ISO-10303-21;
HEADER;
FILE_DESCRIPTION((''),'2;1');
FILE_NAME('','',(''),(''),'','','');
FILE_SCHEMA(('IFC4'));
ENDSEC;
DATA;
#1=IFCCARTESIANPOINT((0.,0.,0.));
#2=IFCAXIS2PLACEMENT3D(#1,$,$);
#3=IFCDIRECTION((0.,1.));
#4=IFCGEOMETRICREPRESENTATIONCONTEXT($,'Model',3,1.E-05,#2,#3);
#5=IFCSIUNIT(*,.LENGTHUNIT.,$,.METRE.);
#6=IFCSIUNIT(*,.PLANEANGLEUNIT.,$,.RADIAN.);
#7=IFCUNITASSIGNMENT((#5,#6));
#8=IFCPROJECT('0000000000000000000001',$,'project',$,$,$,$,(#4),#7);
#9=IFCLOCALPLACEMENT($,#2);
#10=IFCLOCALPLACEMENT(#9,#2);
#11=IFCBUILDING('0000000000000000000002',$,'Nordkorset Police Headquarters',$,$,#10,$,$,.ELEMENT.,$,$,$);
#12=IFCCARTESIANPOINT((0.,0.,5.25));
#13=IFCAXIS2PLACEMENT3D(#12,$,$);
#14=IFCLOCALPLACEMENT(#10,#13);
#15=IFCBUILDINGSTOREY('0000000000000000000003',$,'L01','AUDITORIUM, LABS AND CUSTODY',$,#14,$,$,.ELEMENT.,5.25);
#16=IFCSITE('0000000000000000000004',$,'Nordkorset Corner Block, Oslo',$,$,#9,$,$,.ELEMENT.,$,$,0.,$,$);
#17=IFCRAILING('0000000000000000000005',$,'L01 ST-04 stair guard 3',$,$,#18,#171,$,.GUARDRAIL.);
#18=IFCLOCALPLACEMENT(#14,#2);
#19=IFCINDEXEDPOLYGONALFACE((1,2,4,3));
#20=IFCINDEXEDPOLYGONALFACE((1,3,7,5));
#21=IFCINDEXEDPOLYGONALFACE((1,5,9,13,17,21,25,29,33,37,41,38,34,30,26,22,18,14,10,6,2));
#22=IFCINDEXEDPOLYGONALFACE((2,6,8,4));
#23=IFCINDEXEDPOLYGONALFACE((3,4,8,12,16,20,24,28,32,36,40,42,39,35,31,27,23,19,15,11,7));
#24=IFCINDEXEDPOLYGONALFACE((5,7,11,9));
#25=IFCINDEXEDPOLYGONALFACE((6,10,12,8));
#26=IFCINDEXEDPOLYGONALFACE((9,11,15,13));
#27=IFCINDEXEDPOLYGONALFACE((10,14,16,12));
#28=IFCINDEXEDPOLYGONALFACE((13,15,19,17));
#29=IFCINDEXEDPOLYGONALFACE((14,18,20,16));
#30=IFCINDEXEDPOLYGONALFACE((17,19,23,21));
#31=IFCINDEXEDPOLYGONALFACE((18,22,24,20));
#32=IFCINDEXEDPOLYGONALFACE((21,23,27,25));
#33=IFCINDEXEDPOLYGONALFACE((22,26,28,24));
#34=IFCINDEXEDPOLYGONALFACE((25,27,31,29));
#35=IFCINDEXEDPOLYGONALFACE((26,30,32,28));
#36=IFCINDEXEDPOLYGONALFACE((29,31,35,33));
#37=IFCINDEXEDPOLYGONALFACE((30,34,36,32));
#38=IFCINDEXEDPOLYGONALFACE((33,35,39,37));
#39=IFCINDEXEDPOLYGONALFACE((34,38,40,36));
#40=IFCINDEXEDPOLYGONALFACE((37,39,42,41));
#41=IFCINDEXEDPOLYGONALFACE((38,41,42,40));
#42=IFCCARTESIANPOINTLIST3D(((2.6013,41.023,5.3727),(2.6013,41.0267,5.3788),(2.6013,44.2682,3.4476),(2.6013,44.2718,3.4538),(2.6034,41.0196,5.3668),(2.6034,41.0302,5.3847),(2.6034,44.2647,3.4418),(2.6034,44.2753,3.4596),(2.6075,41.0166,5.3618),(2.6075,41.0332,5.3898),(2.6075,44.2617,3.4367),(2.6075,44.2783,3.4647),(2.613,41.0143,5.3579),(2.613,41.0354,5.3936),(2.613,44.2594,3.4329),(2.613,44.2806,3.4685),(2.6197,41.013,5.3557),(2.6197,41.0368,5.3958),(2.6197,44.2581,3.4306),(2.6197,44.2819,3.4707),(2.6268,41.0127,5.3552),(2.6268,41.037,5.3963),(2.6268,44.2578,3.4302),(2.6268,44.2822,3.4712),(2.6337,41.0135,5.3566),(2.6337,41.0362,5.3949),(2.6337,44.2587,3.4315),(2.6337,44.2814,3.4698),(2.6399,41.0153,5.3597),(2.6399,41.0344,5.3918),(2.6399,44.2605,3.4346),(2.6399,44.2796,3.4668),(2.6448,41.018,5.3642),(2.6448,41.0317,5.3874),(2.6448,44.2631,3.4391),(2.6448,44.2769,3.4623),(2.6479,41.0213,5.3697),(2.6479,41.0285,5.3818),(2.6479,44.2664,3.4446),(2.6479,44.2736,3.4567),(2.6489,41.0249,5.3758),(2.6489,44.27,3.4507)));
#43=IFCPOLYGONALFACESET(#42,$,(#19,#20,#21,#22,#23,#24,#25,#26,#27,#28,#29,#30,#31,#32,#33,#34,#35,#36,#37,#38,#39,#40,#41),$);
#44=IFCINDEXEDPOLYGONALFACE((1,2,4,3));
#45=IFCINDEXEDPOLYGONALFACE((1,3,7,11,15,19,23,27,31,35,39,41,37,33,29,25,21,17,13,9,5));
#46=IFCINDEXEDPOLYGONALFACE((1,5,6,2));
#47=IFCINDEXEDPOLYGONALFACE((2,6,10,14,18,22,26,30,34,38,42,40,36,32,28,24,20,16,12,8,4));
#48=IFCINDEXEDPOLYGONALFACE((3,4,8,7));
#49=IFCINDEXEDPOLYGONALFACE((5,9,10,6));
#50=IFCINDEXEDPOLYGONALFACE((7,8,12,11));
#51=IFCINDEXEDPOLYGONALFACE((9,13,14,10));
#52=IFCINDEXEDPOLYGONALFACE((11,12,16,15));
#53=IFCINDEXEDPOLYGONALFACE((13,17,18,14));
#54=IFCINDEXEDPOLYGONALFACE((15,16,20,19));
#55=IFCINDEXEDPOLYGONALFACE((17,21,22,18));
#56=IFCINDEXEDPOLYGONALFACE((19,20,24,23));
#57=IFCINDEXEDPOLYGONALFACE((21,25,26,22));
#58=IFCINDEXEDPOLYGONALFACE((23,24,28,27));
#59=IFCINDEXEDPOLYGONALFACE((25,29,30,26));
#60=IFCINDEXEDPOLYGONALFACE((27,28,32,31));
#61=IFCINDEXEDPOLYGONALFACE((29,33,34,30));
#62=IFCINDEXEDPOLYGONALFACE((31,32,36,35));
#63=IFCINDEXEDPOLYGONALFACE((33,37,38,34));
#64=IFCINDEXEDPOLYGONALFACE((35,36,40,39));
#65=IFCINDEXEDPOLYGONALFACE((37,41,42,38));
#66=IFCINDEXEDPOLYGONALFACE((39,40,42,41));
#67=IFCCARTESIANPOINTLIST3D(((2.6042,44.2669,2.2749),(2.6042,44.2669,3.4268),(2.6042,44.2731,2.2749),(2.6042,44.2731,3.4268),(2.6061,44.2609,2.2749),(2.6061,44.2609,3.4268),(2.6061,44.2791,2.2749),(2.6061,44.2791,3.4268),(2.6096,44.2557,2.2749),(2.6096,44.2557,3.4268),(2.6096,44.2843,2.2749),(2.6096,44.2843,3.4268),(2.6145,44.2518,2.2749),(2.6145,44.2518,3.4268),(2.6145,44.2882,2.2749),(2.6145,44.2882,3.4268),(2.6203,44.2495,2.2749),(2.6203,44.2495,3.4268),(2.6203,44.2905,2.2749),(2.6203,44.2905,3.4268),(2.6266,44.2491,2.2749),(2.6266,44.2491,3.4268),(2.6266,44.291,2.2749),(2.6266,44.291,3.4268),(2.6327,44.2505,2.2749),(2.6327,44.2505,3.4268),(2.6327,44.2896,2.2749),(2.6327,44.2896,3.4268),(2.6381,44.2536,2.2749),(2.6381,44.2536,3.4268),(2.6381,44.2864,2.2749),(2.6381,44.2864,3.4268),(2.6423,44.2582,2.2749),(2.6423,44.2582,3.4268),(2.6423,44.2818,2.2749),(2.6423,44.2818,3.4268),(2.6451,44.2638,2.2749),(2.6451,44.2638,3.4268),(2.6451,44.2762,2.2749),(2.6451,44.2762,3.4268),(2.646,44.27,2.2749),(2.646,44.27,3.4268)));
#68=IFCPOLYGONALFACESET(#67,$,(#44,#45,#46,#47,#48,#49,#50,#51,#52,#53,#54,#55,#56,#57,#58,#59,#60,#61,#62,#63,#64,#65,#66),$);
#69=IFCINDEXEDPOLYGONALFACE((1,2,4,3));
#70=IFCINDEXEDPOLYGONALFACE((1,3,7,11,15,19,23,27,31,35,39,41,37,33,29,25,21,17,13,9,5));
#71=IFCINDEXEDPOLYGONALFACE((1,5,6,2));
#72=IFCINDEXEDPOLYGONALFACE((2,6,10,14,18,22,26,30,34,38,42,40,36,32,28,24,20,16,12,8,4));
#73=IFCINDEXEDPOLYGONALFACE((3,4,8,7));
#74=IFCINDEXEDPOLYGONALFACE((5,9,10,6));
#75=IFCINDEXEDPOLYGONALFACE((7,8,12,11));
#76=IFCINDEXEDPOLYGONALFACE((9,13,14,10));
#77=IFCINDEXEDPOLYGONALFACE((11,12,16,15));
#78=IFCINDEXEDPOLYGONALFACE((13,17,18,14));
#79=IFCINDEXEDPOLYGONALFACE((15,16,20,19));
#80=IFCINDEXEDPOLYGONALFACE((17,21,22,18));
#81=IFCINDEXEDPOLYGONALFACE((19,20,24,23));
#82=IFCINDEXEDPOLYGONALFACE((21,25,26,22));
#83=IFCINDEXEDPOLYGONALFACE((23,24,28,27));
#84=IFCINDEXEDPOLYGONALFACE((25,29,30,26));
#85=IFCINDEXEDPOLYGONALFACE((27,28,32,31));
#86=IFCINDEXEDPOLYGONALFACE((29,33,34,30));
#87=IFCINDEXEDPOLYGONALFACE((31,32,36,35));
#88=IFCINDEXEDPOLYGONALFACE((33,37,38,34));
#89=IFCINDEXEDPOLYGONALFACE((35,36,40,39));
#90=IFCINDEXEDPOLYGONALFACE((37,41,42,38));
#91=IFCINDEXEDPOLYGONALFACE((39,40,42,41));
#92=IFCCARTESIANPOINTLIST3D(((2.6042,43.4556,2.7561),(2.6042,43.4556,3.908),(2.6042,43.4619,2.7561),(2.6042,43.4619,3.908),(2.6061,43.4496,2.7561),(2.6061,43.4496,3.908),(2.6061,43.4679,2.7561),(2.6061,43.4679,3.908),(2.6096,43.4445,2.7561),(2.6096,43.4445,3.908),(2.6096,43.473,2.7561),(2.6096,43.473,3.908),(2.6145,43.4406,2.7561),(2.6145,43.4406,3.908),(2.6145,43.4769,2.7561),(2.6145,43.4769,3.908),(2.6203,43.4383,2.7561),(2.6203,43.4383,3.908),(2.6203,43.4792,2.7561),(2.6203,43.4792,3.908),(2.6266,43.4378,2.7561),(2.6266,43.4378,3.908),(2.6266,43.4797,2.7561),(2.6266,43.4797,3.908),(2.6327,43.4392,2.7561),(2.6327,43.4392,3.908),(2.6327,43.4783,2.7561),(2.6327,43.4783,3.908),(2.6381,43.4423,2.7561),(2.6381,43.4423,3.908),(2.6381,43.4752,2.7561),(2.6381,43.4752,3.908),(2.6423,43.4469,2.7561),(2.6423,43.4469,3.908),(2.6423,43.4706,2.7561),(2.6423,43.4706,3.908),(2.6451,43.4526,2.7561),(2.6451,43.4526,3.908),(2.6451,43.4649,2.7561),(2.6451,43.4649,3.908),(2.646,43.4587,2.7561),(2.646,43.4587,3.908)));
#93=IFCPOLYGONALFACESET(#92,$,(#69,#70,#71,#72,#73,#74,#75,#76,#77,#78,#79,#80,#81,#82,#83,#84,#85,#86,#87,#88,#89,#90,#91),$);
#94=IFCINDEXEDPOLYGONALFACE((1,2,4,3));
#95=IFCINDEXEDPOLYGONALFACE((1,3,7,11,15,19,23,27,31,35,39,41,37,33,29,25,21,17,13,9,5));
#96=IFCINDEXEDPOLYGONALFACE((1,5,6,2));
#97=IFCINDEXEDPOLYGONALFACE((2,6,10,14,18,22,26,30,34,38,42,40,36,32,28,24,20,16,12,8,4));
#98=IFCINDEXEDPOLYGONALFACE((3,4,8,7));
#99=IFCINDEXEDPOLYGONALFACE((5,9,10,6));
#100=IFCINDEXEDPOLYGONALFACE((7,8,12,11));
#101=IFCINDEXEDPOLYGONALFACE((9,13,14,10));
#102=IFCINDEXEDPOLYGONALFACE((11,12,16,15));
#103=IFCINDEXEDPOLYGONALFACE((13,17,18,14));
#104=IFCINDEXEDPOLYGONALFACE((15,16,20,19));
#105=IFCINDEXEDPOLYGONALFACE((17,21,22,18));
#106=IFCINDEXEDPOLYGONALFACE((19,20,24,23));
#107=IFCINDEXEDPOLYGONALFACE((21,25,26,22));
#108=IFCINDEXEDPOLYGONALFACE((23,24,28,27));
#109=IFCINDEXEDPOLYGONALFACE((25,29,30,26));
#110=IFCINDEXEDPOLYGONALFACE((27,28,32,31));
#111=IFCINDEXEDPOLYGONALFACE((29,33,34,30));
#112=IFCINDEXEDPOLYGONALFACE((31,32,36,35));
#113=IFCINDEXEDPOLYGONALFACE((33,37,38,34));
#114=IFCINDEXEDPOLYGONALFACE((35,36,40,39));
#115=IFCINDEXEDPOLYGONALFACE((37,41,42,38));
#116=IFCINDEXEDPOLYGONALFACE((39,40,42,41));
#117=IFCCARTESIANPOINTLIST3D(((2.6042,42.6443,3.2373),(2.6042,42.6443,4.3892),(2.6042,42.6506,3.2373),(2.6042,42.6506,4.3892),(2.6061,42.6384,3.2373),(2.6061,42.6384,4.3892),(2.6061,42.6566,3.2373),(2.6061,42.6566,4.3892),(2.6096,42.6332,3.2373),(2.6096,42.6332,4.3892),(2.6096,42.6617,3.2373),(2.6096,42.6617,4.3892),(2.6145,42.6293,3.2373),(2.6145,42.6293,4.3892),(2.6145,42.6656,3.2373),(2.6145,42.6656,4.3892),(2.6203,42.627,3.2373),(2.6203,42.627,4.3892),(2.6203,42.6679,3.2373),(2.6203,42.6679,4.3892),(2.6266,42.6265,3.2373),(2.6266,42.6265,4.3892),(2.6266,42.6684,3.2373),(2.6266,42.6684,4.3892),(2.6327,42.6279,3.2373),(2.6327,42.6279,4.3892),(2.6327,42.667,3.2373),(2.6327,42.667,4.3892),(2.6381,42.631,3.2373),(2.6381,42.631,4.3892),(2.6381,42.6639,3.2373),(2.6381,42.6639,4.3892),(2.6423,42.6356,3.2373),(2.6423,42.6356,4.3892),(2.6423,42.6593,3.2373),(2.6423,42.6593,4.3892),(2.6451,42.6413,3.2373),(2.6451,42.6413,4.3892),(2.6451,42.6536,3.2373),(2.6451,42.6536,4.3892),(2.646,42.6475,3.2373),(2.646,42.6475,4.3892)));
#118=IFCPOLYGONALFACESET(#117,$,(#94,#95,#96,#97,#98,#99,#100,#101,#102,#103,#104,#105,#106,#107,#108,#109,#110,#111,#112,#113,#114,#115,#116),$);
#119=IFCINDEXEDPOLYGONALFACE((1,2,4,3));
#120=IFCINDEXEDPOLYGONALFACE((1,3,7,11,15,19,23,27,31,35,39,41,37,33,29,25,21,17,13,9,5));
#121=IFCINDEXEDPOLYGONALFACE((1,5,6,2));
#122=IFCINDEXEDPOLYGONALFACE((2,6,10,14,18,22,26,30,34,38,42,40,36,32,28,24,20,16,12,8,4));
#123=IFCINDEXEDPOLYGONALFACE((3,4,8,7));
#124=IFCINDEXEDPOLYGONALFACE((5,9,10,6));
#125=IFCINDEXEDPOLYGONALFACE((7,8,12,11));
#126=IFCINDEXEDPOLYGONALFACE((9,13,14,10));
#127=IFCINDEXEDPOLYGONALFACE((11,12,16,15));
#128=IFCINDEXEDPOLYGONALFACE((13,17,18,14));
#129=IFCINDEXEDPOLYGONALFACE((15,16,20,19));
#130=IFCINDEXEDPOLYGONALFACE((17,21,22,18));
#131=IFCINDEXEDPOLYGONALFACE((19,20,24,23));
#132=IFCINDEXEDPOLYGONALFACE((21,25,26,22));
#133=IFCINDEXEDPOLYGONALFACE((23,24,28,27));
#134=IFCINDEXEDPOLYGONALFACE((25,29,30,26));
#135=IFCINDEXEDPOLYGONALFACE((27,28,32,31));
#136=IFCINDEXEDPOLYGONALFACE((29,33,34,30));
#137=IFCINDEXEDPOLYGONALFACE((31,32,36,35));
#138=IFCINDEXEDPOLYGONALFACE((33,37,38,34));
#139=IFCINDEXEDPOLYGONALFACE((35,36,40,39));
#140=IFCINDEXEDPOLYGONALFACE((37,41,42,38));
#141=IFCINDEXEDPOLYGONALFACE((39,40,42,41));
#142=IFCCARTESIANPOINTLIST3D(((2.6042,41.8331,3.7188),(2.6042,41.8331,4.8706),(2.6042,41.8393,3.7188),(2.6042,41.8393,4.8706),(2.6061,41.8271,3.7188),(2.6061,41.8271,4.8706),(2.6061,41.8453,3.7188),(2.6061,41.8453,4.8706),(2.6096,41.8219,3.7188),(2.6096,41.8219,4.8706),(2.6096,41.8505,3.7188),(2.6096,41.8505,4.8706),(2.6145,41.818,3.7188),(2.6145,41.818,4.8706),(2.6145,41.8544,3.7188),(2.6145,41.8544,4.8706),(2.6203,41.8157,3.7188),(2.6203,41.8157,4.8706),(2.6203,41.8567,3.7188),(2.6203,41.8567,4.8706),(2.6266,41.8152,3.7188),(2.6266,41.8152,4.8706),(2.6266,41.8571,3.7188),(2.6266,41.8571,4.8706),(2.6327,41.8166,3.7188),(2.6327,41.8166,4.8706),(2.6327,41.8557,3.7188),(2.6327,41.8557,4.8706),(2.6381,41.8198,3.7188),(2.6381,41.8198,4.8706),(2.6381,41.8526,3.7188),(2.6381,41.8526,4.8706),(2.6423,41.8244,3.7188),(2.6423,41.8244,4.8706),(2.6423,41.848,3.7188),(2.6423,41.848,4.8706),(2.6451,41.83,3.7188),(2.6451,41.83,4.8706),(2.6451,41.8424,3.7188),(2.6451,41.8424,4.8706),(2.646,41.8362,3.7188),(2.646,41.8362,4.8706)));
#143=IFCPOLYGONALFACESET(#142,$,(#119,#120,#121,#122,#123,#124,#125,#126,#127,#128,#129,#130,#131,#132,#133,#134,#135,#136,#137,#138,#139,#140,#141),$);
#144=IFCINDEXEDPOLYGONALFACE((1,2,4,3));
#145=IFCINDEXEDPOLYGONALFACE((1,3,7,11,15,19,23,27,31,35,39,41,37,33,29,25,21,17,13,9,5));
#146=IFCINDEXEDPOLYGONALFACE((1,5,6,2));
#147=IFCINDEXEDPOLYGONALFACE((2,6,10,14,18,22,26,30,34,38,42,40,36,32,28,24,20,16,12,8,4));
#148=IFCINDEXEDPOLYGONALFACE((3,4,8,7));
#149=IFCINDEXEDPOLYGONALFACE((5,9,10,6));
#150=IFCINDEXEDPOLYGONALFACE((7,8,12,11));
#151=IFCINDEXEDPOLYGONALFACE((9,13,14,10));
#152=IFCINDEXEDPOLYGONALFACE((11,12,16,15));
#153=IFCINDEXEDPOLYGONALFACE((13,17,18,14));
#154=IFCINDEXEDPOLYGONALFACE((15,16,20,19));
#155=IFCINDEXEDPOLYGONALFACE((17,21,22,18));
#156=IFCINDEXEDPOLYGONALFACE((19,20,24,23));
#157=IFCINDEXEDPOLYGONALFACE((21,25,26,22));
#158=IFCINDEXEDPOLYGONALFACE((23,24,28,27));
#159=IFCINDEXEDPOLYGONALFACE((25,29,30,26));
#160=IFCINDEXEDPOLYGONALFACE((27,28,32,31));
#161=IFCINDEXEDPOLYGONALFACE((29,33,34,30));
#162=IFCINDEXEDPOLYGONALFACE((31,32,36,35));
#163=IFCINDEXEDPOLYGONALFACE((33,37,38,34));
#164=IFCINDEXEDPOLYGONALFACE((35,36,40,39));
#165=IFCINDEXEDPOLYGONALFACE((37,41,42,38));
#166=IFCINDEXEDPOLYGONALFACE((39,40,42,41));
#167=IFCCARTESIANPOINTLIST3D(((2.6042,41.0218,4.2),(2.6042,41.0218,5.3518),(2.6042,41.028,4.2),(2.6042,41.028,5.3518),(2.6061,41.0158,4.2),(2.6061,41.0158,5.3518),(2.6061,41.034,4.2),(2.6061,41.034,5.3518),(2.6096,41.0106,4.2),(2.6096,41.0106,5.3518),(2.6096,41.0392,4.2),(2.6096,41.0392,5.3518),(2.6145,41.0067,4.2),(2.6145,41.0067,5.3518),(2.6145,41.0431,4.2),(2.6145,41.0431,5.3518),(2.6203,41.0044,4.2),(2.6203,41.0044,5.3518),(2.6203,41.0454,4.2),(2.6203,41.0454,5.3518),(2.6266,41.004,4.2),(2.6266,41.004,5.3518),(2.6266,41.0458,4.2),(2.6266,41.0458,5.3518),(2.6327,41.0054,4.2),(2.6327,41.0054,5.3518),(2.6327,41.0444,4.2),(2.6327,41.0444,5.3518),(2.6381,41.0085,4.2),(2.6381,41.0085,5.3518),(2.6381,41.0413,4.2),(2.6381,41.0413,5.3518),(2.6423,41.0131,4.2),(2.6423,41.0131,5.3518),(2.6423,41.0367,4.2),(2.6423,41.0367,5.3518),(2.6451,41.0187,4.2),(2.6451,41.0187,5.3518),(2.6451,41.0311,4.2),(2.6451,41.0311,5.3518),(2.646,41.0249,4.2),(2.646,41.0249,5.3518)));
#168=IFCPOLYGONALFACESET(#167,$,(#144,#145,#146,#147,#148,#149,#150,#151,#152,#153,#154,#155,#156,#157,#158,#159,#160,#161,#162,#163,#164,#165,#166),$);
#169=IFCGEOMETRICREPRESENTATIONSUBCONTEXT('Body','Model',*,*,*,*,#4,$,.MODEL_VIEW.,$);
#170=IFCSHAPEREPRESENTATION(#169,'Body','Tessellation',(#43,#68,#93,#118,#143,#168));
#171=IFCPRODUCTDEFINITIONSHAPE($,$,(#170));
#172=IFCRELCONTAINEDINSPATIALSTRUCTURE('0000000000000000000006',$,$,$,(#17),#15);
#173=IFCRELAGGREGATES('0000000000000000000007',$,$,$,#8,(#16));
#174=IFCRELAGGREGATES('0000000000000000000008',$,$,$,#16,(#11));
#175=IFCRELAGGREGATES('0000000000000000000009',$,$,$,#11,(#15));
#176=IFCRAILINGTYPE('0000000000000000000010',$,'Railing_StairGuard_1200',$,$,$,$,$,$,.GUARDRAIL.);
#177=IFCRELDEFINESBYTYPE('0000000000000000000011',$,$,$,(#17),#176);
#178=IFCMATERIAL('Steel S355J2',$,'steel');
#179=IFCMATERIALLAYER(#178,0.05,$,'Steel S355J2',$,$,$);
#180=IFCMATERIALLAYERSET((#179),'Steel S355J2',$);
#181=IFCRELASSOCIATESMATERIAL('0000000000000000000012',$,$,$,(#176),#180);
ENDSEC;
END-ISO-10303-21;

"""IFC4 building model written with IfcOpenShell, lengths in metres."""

from ifc_helpers import new_model, si_unit, direction, frame, origin, origin_2d, place, context, subcontext, project, spatial, circle, extrude, material, layer, layer_set, type_object, element, save


model = new_model("IFC4")

# Units and contexts
model_context = context("Model", 3, precision=1e-05, world=origin(), true_north=direction((0.0, 1.0)))
body_context = subcontext(model_context, "Body", "Model", "MODEL_VIEW")
ifc_project = project(units=[si_unit("LENGTHUNIT", "METRE"), si_unit("PLANEANGLEUNIT", "RADIAN")], contexts=[model_context])

# Site, building, storey
site_placement = place(None, origin())
site = spatial("IfcSite", under=ifc_project, at=site_placement, Name="Nordkorset Corner Block, Oslo", CompositionType="ELEMENT", RefElevation=0.0)
building_placement = place(site_placement, origin())
building = spatial("IfcBuilding", under=site, at=building_placement, Name="Nordkorset Police Headquarters", CompositionType="ELEMENT")
storey_placement = place(building_placement, frame((0.0, 0.0, 5.25)))
storey = spatial("IfcBuildingStorey", under=building, at=storey_placement, Name="L01", Description="AUDITORIUM, LABS AND CUSTODY", CompositionType="ELEMENT", Elevation=5.25)

# Railing
ifc_material_1 = material(Name="Steel S355J2", Category="steel")
ifc_layer_1 = layer(ifc_material_1, 0.05, Name="Steel S355J2")
ifc_layer_set_1 = layer_set([ifc_layer_1], Name="Steel S355J2")
railing_type_1 = type_object("IfcRailingType", Name="Railing_StairGuard_1200", PredefinedType="GUARDRAIL", material=ifc_layer_set_1)
railing_1_placement = place(storey_placement, frame((2.625, 44.27, 2.2749)))
element("IfcRailing", 1, at=railing_1_placement, inside=storey, type_object=railing_type_1, Name="L01 ST-04 stair guard 3", PredefinedType="GUARDRAIL", context=body_context, shape_type="SweptSolid", body=[
    extrude(circle(Radius=0.0239, at=origin_2d()), frame((0.0, 0.0, 1.1758), z_axis=(0.0, -0.860057, 0.510198), x_axis=(1.0, 0.0, 0.0)), (0.0, 0.0, 1.0), 3.7732),
    extrude(circle(Radius=0.021, at=origin_2d()), origin(), (0.0, 0.0, 1.0), 1.1519),
    extrude(circle(Radius=0.021, at=origin_2d()), frame((0.0, -0.8113, 0.4812)), (0.0, 0.0, 1.0), 1.1519),
    extrude(circle(Radius=0.021, at=origin_2d()), frame((0.0, -1.6226, 0.9624)), (0.0, 0.0, 1.0), 1.1519),
    extrude(circle(Radius=0.021, at=origin_2d()), frame((0.0, -2.4338, 1.4438)), (0.0, 0.0, 1.0), 1.1519),
    extrude(circle(Radius=0.021, at=origin_2d()), frame((0.0, -3.2451, 1.925)), (0.0, 0.0, 1.0), 1.1519),
])

save(model, "model.ifc")
